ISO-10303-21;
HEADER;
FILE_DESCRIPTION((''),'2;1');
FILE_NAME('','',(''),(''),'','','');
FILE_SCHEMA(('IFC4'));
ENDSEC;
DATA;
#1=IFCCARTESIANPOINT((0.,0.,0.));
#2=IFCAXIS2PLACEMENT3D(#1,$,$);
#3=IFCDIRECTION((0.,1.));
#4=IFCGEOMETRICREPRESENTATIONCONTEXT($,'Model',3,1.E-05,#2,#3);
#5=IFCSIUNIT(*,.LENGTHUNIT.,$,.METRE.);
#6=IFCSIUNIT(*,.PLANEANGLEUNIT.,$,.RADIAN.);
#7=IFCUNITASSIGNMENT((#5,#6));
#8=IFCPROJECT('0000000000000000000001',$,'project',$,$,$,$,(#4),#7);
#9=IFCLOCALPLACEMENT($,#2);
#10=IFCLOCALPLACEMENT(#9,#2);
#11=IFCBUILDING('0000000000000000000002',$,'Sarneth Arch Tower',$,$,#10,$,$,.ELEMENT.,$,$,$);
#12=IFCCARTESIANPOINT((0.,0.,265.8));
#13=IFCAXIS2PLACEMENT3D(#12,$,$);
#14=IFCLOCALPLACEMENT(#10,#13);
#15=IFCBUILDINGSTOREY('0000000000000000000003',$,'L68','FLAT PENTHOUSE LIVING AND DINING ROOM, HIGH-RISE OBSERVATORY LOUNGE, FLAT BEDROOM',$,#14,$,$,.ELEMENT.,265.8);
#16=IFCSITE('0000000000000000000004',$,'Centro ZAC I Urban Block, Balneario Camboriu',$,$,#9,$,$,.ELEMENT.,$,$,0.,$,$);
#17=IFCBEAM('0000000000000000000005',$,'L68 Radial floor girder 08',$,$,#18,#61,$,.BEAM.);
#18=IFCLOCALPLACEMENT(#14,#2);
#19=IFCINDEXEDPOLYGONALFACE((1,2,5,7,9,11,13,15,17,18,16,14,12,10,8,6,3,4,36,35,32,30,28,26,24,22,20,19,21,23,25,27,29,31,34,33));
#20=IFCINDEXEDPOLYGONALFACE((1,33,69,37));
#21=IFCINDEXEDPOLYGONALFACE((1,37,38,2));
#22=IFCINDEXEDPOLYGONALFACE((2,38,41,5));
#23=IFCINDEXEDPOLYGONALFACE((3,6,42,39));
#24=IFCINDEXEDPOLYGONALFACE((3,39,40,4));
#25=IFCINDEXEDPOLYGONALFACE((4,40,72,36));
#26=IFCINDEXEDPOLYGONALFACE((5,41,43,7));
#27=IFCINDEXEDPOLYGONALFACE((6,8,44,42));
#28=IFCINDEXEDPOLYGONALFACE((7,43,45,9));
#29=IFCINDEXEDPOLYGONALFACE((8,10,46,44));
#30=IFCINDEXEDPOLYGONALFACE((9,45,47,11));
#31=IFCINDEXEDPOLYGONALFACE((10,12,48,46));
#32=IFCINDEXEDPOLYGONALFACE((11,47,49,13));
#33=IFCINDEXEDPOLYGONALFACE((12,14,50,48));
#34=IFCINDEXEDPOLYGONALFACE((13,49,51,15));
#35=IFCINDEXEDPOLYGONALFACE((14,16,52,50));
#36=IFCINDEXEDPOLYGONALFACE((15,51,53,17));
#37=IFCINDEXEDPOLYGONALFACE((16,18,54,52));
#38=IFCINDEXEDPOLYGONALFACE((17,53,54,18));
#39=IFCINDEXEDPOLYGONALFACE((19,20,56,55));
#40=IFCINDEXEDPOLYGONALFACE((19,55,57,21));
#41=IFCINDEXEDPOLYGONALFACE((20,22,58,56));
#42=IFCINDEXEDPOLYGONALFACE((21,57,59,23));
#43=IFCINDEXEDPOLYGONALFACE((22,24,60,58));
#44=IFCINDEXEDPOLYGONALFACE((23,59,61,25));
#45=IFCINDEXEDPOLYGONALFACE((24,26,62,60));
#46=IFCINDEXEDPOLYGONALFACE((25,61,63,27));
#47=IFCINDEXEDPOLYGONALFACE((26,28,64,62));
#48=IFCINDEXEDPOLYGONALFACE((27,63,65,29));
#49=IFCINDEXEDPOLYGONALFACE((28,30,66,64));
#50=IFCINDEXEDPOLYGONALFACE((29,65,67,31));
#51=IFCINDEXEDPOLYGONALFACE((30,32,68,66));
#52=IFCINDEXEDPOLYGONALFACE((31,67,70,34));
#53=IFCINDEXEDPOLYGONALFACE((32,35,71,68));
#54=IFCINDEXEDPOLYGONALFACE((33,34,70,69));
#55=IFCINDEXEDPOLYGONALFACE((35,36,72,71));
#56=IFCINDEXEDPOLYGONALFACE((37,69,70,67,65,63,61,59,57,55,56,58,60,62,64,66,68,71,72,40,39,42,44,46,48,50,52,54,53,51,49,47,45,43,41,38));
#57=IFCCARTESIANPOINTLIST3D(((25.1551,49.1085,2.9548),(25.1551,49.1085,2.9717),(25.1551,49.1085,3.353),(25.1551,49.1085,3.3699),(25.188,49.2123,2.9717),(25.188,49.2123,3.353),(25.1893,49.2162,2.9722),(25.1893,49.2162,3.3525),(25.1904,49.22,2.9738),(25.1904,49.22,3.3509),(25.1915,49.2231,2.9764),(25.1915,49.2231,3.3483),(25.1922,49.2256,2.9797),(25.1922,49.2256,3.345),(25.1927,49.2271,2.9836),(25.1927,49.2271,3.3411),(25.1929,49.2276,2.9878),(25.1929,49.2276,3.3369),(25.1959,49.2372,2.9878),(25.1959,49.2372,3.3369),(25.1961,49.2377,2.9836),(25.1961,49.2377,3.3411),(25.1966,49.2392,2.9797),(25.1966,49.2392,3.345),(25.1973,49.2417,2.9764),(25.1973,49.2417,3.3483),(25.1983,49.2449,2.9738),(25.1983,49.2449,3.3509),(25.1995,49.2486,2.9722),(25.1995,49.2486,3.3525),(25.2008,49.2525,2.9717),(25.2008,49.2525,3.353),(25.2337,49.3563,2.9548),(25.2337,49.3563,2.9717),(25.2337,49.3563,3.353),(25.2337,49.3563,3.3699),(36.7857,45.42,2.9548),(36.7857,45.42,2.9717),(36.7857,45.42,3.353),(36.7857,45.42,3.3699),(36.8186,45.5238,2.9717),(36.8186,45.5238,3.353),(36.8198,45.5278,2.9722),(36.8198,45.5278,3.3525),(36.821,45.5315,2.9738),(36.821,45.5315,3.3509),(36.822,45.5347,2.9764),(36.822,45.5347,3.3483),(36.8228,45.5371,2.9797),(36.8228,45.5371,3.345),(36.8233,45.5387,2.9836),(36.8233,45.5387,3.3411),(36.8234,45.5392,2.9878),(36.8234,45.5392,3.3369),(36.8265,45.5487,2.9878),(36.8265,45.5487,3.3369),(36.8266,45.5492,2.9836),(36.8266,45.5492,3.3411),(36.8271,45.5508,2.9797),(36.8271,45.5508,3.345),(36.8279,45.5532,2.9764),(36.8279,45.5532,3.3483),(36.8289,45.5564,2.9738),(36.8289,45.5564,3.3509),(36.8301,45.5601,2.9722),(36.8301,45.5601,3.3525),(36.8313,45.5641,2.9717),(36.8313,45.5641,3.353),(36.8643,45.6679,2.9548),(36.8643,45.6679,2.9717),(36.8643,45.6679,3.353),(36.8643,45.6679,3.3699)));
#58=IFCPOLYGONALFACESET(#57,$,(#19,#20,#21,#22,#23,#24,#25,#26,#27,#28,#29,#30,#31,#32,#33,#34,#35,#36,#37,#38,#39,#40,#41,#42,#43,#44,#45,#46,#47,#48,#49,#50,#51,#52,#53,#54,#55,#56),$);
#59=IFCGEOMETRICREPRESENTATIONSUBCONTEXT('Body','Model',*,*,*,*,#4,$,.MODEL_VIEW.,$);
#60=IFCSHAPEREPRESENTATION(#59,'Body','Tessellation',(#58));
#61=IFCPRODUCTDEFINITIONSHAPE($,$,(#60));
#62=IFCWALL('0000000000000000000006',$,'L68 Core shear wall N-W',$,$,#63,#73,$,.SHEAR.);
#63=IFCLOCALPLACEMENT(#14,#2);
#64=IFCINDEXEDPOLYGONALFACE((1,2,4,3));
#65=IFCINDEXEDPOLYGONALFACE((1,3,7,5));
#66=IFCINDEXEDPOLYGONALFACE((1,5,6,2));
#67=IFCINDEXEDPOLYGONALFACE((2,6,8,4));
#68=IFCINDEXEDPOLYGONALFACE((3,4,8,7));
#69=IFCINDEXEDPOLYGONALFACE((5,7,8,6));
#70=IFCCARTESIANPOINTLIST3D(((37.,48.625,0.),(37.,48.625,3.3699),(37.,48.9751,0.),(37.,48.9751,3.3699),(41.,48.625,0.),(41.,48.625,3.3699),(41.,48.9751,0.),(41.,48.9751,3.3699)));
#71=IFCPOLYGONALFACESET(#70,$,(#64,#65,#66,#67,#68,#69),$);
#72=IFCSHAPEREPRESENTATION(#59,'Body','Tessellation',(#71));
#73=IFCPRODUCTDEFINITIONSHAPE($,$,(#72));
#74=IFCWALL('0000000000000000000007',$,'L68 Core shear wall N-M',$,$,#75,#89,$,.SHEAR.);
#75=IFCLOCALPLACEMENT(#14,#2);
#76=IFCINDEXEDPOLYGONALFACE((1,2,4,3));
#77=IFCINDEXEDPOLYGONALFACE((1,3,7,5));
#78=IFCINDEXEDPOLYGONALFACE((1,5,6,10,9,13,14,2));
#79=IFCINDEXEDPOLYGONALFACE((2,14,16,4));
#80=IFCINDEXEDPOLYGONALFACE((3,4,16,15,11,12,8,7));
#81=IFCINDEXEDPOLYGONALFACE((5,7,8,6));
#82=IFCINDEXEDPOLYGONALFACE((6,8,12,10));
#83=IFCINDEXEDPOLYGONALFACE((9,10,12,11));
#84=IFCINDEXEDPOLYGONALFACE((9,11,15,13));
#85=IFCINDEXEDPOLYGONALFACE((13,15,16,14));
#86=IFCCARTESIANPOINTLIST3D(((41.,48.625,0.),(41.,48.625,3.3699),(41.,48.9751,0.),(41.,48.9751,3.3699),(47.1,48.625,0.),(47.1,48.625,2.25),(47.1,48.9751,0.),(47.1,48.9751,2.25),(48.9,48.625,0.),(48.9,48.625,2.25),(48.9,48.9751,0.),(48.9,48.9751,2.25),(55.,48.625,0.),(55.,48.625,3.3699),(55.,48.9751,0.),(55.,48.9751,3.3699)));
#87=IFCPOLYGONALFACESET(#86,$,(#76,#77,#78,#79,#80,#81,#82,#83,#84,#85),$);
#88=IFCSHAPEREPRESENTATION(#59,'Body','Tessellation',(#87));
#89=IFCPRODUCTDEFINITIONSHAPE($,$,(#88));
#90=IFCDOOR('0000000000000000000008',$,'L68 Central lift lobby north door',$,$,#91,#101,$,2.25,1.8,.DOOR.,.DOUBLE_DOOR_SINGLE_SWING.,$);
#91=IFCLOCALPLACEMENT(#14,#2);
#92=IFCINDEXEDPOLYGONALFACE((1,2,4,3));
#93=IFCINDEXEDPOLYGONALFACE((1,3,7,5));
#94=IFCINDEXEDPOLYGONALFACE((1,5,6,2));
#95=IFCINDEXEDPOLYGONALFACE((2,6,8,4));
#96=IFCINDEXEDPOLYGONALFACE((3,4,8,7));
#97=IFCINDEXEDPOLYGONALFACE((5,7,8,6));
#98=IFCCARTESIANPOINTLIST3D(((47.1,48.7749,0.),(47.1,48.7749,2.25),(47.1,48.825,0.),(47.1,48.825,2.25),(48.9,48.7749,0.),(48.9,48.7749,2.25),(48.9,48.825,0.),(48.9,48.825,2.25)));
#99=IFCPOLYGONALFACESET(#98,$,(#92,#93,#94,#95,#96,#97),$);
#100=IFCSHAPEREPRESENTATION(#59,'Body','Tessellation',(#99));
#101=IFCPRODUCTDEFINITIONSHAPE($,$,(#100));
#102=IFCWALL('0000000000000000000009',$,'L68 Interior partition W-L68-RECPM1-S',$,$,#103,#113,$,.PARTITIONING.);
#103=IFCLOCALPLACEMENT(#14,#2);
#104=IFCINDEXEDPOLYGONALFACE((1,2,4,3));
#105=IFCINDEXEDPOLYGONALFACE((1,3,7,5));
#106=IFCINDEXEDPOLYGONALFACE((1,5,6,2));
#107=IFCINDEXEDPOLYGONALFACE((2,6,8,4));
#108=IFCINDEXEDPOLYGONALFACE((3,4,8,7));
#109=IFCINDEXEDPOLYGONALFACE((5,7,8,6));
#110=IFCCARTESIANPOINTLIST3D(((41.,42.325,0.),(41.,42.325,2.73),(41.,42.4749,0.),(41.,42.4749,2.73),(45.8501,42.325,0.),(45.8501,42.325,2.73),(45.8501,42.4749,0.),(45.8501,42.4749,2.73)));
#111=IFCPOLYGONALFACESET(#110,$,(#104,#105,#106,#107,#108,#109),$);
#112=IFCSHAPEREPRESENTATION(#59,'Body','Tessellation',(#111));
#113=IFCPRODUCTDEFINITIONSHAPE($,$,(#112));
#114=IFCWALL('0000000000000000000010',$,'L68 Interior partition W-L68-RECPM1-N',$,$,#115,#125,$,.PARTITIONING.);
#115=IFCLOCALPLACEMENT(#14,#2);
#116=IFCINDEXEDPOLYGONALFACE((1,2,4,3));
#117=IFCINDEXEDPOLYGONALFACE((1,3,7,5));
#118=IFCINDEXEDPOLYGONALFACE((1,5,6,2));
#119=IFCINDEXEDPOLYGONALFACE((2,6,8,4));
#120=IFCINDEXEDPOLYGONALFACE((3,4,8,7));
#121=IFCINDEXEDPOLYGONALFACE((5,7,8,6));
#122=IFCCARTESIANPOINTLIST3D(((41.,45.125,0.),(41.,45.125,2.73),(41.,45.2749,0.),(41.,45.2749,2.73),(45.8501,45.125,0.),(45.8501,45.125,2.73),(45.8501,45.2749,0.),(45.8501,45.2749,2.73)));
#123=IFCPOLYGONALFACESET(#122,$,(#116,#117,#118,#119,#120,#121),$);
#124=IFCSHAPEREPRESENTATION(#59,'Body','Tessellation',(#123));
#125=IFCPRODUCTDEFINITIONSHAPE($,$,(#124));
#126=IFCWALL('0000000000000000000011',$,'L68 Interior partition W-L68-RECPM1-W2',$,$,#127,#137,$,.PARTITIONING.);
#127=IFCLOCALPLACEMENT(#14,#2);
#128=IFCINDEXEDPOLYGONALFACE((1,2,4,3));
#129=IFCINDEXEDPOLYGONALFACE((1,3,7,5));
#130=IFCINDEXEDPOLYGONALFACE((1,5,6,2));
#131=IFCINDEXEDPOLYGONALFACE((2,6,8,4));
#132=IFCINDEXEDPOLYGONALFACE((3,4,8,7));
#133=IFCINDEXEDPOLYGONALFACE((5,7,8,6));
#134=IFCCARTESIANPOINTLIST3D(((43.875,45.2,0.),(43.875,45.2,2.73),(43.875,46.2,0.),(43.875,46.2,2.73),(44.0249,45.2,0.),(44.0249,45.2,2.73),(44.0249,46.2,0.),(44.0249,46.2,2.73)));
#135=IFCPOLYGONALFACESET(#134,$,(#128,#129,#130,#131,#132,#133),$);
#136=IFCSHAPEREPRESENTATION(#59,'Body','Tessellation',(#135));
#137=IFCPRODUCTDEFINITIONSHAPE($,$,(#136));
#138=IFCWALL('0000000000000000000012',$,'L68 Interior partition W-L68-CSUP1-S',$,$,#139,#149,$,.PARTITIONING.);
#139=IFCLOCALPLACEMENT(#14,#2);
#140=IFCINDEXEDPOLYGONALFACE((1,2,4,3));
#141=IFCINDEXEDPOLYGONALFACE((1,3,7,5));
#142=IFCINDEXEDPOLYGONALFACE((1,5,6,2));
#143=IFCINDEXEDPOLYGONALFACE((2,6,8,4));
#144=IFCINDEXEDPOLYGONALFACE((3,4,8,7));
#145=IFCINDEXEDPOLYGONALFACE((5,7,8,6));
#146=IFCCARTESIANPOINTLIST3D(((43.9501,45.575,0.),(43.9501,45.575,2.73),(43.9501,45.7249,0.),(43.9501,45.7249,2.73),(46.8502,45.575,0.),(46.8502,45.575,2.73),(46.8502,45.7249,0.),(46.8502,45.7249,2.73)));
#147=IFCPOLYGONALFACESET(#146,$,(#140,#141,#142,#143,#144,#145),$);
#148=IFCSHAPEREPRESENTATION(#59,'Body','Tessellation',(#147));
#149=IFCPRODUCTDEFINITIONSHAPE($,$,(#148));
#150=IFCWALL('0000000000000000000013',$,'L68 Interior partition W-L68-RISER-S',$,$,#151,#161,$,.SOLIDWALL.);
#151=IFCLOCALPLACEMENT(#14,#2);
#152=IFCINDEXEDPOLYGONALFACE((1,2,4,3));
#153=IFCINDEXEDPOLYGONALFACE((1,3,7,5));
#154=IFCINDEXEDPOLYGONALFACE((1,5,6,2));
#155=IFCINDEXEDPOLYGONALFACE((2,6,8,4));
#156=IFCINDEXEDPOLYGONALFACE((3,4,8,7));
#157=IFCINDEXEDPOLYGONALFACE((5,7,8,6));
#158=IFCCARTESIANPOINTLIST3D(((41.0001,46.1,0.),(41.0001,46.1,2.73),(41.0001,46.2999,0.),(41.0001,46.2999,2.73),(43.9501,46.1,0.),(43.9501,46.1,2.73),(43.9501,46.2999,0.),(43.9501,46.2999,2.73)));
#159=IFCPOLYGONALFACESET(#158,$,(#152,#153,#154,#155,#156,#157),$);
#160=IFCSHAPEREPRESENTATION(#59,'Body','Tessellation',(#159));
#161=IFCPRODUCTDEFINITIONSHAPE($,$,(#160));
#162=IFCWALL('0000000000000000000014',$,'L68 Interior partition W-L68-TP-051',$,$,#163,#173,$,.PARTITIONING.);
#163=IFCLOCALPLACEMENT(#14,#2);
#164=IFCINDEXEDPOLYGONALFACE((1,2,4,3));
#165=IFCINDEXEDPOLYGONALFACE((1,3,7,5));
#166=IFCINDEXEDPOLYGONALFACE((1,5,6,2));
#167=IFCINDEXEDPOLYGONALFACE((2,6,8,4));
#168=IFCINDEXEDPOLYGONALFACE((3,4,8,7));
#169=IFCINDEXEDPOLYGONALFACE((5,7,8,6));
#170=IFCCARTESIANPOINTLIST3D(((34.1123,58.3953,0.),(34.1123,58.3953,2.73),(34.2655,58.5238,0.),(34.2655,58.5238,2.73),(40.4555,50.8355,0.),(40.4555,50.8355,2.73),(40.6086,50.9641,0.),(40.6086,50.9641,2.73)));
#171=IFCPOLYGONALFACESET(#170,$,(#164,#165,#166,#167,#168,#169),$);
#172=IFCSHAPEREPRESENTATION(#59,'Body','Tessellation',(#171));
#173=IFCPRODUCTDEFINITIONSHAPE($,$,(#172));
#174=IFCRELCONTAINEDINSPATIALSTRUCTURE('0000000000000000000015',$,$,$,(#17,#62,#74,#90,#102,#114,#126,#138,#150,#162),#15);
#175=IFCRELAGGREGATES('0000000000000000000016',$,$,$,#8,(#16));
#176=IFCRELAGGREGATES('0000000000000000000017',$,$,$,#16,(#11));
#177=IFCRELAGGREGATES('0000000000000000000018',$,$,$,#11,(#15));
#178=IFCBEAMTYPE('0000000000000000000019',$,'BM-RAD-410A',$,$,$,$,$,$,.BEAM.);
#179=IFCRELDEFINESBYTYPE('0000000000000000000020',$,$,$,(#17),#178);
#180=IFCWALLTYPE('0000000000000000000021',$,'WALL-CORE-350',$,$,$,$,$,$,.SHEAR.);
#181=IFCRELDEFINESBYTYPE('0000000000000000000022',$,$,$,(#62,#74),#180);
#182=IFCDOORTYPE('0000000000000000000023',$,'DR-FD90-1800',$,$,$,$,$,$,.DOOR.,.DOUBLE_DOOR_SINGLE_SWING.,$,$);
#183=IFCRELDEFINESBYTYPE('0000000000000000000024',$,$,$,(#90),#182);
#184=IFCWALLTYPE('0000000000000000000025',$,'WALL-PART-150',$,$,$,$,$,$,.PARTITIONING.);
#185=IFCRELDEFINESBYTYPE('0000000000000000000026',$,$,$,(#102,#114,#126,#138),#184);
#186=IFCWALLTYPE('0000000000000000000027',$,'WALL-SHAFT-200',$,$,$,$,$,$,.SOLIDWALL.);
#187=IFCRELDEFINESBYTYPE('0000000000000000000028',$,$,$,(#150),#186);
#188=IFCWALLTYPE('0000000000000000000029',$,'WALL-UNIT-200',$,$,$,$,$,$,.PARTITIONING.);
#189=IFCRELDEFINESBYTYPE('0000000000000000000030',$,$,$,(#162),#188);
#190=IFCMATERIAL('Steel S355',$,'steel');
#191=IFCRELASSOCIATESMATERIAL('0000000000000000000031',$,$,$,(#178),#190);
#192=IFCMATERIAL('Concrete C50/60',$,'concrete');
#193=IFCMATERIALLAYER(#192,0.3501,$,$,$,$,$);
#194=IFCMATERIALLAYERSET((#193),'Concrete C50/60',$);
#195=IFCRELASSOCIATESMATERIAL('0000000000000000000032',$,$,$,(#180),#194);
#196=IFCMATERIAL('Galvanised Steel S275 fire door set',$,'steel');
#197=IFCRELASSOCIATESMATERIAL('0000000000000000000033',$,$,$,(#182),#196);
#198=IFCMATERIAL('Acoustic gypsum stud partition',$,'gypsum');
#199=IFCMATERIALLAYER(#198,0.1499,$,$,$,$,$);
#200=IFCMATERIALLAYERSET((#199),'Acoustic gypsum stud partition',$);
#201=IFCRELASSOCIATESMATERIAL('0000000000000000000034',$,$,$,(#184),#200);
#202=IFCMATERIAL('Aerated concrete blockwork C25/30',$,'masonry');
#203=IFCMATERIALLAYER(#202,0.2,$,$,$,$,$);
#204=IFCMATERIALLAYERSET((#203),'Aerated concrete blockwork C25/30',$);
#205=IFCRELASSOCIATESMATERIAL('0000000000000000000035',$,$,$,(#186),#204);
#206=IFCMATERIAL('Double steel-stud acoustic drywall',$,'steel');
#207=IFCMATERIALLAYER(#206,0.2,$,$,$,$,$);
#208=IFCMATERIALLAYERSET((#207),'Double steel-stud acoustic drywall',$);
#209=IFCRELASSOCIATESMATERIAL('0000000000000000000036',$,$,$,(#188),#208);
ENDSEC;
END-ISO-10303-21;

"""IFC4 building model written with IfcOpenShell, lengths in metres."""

from ifc_helpers import new_model, si_unit, direction, frame, frame_2d, origin, origin_2d, place, context, subcontext, project, spatial, rectangle, i_section, extrude, material, layer, layer_set, material_profile, profile_set, type_object, element, fill, save


model = new_model("IFC4")

# Units and contexts
model_context = context("Model", 3, precision=1e-05, world=origin(), true_north=direction((0.0, 1.0)))
body_context = subcontext(model_context, "Body", "Model", "MODEL_VIEW")
ifc_project = project(units=[si_unit("LENGTHUNIT", "METRE"), si_unit("PLANEANGLEUNIT", "RADIAN")], contexts=[model_context])

# Site, building, storey
site_placement = place(None, origin())
site = spatial("IfcSite", under=ifc_project, at=site_placement, Name="Centro ZAC I Urban Block, Balneario Camboriu", CompositionType="ELEMENT", RefElevation=0.0)
building_placement = place(site_placement, origin())
building = spatial("IfcBuilding", under=site, at=building_placement, Name="Sarneth Arch Tower", CompositionType="ELEMENT")
storey_placement = place(building_placement, frame((0.0, 0.0, 265.8)))
storey = spatial("IfcBuildingStorey", under=building, at=storey_placement, Name="L68", Description="FLAT PENTHOUSE LIVING AND DINING ROOM, HIGH-RISE OBSERVATORY LOUNGE, FLAT BEDROOM", CompositionType="ELEMENT", Elevation=265.8)

# Beam
ifc_material_1 = material(Name="Steel S355", Category="steel")
ifc_material_profile_1 = material_profile(ifc_material_1, i_section(OverallWidth=0.26, OverallDepth=0.415, WebThickness=0.01, FlangeThickness=0.0168, FilletRadius=0.0161, at=origin_2d()), Name="W410x100")
ifc_profile_set_1 = profile_set([ifc_material_profile_1], Name="Steel S355")
beam_type_1 = type_object("IfcBeamType", Name="BM-RAD-410A", PredefinedType="BEAM", material=ifc_profile_set_1)
beam_1_placement = place(storey_placement, frame((36.825, 45.5439, 3.1624), z_axis=(-0.953214, 0.302298, 0.0), x_axis=(-0.302298, -0.953214, 0.0)))
element("IfcBeam", 1, at=beam_1_placement, inside=storey, type_object=beam_type_1, Name="L68 Radial floor girder 08", PredefinedType="BEAM", context=body_context, shape_type="SweptSolid", body=[
    extrude(i_section(OverallWidth=0.26, OverallDepth=0.415, WebThickness=0.01, FlangeThickness=0.0168, FilletRadius=0.0161, at=origin_2d()), origin(), (0.0, 0.0, 1.0), 12.2014),
])

# Wall
ifc_material_2 = material(Name="Concrete C50/60", Category="concrete")
ifc_layer_1 = layer(ifc_material_2, 0.3501)
ifc_layer_set_1 = layer_set([ifc_layer_1], Name="Concrete C50/60")
wall_type_1 = type_object("IfcWallType", Name="WALL-CORE-350", PredefinedType="SHEAR", material=ifc_layer_set_1)
wall_1_placement = place(storey_placement, frame((37.0, 48.8, 0.0), z_axis=(0.0, 0.0, 1.0), x_axis=(1.0, 0.0, 0.0)))
element("IfcWall", 2, at=wall_1_placement, inside=storey, type_object=wall_type_1, Name="L68 Core shear wall N-W", PredefinedType="SHEAR", context=body_context, shape_type="SweptSolid", body=[
    extrude(rectangle(XDim=4.0, YDim=0.3501, at=frame_2d((2.0, 0.0))), origin(), (0.0, 0.0, 1.0), 3.3699),
])

# Wall, opening, door
wall_2_placement = place(storey_placement, frame((41.0, 48.8, 0.0), z_axis=(0.0, 0.0, 1.0), x_axis=(1.0, 0.0, 0.0)))
wall_2 = element("IfcWall", 3, at=wall_2_placement, inside=storey, type_object=wall_type_1, Name="L68 Core shear wall N-M", PredefinedType="SHEAR", context=body_context, shape_type="SweptSolid", body=[
    extrude(rectangle(XDim=14.0, YDim=0.3501, at=frame_2d((7.0, 0.0))), origin(), (0.0, 0.0, 1.0), 3.3699),
])
opening_1_placement = place(wall_2_placement, frame((6.1001, 0.0, 0.0)))
opening_1 = element("IfcOpeningElement", 4, at=opening_1_placement, cuts=wall_2, PredefinedType="OPENING", context=body_context, shape_type="SweptSolid", body=[
    extrude(rectangle(XDim=1.8, YDim=2.25, at=frame_2d((0.8999, 1.125))), frame((0.0, 0.1851, 0.0), z_axis=(0.0, -1.0, 0.0), x_axis=(1.0, 0.0, 0.0)), (0.0, 0.0, 1.0), 0.3701),
])
ifc_material_3 = material(Name="Galvanised Steel S275 fire door set", Category="steel")
door_type_1 = type_object("IfcDoorType", Name="DR-FD90-1800", OperationType="DOUBLE_DOOR_SINGLE_SWING", PredefinedType="DOOR", material=ifc_material_3)
door_1_placement = place(opening_1_placement, origin())
door_1 = element("IfcDoor", 5, at=door_1_placement, inside=storey, type_object=door_type_1, Name="L68 Central lift lobby north door", OperationType="DOUBLE_DOOR_SINGLE_SWING", OverallHeight=2.25, OverallWidth=1.8, PredefinedType="DOOR", context=body_context, shape_type="SweptSolid", body=[
    extrude(rectangle(XDim=1.8, YDim=2.25, at=frame_2d((0.8999, 1.125))), frame((0.0, 0.0249, 0.0), z_axis=(0.0, -1.0, 0.0), x_axis=(1.0, 0.0, 0.0)), (0.0, 0.0, 1.0), 0.05),
])
fill(opening_1, door_1)

# Walls
ifc_material_4 = material(Name="Acoustic gypsum stud partition", Category="gypsum")
ifc_layer_2 = layer(ifc_material_4, 0.1499)
ifc_layer_set_2 = layer_set([ifc_layer_2], Name="Acoustic gypsum stud partition")
wall_type_2 = type_object("IfcWallType", Name="WALL-PART-150", PredefinedType="PARTITIONING", material=ifc_layer_set_2)
for number, where, z_axis, x_axis, name in (
    (6, (41.0, 42.3999, 0.0), (0.0, 0.0, 1.0), (1.0, 0.0, 0.0), "L68 Interior partition W-L68-RECPM1-S"),
    (7, (41.0, 45.2, 0.0), (0.0, 0.0, 1.0), (1.0, 0.0, 0.0), "L68 Interior partition W-L68-RECPM1-N"),
):
    element("IfcWall", number, at=place(storey_placement, frame(where, z_axis=z_axis, x_axis=x_axis)), inside=storey, type_object=wall_type_2, Name=name, PredefinedType="PARTITIONING", context=body_context, shape_type="SweptSolid", body=[
        extrude(rectangle(XDim=4.8501, YDim=0.1499, at=frame_2d((2.425, 0.0))), origin(), (0.0, 0.0, 1.0), 2.73),
    ])
wall_3_placement = place(storey_placement, frame((43.95, 45.2, 0.0), z_axis=(0.0, 0.0, 1.0), x_axis=(0.0, 1.0, 0.0)))
element("IfcWall", 8, at=wall_3_placement, inside=storey, type_object=wall_type_2, Name="L68 Interior partition W-L68-RECPM1-W2", PredefinedType="PARTITIONING", context=body_context, shape_type="SweptSolid", body=[
    extrude(rectangle(XDim=1.0, YDim=0.1499, at=frame_2d((0.5, 0.0))), origin(), (0.0, 0.0, 1.0), 2.73),
])

# Wall
wall_4_placement = place(storey_placement, frame((43.95, 45.6499, 0.0), z_axis=(0.0, 0.0, 1.0), x_axis=(1.0, 0.0, 0.0)))
element("IfcWall", 9, at=wall_4_placement, inside=storey, type_object=wall_type_2, Name="L68 Interior partition W-L68-CSUP1-S", PredefinedType="PARTITIONING", context=body_context, shape_type="SweptSolid", body=[
    extrude(rectangle(XDim=2.9001, YDim=0.1499, at=frame_2d((1.4502, 0.0))), origin(), (0.0, 0.0, 1.0), 2.73),
])

# Wall
ifc_material_5 = material(Name="Aerated concrete blockwork C25/30", Category="masonry")
ifc_layer_3 = layer(ifc_material_5, 0.2)
ifc_layer_set_3 = layer_set([ifc_layer_3], Name="Aerated concrete blockwork C25/30")
wall_type_3 = type_object("IfcWallType", Name="WALL-SHAFT-200", PredefinedType="SOLIDWALL", material=ifc_layer_set_3)
wall_5_placement = place(storey_placement, frame((41.0, 46.2, 0.0), z_axis=(0.0, 0.0, 1.0), x_axis=(1.0, 0.0, 0.0)))
element("IfcWall", 10, at=wall_5_placement, inside=storey, type_object=wall_type_3, Name="L68 Interior partition W-L68-RISER-S", PredefinedType="SOLIDWALL", context=body_context, shape_type="SweptSolid", body=[
    extrude(rectangle(XDim=2.95, YDim=0.2, at=frame_2d((1.4751, 0.0))), origin(), (0.0, 0.0, 1.0), 2.73),
])

# Wall
ifc_material_6 = material(Name="Double steel-stud acoustic drywall", Category="steel")
ifc_layer_4 = layer(ifc_material_6, 0.2)
ifc_layer_set_4 = layer_set([ifc_layer_4], Name="Double steel-stud acoustic drywall")
wall_type_4 = type_object("IfcWallType", Name="WALL-UNIT-200", PredefinedType="PARTITIONING", material=ifc_layer_set_4)
wall_6_placement = place(storey_placement, frame((40.532, 50.8999, 0.0), z_axis=(0.0, 0.0, 1.0), x_axis=(-0.642777, 0.766053, 0.0)))
element("IfcWall", 11, at=wall_6_placement, inside=storey, type_object=wall_type_4, Name="L68 Interior partition W-L68-TP-051", PredefinedType="PARTITIONING", context=body_context, shape_type="SweptSolid", body=[
    extrude(rectangle(XDim=9.8684, YDim=0.2, at=frame_2d((4.9341, 0.0))), origin(), (0.0, 0.0, 1.0), 2.73),
])

save(model, "model.ifc")
